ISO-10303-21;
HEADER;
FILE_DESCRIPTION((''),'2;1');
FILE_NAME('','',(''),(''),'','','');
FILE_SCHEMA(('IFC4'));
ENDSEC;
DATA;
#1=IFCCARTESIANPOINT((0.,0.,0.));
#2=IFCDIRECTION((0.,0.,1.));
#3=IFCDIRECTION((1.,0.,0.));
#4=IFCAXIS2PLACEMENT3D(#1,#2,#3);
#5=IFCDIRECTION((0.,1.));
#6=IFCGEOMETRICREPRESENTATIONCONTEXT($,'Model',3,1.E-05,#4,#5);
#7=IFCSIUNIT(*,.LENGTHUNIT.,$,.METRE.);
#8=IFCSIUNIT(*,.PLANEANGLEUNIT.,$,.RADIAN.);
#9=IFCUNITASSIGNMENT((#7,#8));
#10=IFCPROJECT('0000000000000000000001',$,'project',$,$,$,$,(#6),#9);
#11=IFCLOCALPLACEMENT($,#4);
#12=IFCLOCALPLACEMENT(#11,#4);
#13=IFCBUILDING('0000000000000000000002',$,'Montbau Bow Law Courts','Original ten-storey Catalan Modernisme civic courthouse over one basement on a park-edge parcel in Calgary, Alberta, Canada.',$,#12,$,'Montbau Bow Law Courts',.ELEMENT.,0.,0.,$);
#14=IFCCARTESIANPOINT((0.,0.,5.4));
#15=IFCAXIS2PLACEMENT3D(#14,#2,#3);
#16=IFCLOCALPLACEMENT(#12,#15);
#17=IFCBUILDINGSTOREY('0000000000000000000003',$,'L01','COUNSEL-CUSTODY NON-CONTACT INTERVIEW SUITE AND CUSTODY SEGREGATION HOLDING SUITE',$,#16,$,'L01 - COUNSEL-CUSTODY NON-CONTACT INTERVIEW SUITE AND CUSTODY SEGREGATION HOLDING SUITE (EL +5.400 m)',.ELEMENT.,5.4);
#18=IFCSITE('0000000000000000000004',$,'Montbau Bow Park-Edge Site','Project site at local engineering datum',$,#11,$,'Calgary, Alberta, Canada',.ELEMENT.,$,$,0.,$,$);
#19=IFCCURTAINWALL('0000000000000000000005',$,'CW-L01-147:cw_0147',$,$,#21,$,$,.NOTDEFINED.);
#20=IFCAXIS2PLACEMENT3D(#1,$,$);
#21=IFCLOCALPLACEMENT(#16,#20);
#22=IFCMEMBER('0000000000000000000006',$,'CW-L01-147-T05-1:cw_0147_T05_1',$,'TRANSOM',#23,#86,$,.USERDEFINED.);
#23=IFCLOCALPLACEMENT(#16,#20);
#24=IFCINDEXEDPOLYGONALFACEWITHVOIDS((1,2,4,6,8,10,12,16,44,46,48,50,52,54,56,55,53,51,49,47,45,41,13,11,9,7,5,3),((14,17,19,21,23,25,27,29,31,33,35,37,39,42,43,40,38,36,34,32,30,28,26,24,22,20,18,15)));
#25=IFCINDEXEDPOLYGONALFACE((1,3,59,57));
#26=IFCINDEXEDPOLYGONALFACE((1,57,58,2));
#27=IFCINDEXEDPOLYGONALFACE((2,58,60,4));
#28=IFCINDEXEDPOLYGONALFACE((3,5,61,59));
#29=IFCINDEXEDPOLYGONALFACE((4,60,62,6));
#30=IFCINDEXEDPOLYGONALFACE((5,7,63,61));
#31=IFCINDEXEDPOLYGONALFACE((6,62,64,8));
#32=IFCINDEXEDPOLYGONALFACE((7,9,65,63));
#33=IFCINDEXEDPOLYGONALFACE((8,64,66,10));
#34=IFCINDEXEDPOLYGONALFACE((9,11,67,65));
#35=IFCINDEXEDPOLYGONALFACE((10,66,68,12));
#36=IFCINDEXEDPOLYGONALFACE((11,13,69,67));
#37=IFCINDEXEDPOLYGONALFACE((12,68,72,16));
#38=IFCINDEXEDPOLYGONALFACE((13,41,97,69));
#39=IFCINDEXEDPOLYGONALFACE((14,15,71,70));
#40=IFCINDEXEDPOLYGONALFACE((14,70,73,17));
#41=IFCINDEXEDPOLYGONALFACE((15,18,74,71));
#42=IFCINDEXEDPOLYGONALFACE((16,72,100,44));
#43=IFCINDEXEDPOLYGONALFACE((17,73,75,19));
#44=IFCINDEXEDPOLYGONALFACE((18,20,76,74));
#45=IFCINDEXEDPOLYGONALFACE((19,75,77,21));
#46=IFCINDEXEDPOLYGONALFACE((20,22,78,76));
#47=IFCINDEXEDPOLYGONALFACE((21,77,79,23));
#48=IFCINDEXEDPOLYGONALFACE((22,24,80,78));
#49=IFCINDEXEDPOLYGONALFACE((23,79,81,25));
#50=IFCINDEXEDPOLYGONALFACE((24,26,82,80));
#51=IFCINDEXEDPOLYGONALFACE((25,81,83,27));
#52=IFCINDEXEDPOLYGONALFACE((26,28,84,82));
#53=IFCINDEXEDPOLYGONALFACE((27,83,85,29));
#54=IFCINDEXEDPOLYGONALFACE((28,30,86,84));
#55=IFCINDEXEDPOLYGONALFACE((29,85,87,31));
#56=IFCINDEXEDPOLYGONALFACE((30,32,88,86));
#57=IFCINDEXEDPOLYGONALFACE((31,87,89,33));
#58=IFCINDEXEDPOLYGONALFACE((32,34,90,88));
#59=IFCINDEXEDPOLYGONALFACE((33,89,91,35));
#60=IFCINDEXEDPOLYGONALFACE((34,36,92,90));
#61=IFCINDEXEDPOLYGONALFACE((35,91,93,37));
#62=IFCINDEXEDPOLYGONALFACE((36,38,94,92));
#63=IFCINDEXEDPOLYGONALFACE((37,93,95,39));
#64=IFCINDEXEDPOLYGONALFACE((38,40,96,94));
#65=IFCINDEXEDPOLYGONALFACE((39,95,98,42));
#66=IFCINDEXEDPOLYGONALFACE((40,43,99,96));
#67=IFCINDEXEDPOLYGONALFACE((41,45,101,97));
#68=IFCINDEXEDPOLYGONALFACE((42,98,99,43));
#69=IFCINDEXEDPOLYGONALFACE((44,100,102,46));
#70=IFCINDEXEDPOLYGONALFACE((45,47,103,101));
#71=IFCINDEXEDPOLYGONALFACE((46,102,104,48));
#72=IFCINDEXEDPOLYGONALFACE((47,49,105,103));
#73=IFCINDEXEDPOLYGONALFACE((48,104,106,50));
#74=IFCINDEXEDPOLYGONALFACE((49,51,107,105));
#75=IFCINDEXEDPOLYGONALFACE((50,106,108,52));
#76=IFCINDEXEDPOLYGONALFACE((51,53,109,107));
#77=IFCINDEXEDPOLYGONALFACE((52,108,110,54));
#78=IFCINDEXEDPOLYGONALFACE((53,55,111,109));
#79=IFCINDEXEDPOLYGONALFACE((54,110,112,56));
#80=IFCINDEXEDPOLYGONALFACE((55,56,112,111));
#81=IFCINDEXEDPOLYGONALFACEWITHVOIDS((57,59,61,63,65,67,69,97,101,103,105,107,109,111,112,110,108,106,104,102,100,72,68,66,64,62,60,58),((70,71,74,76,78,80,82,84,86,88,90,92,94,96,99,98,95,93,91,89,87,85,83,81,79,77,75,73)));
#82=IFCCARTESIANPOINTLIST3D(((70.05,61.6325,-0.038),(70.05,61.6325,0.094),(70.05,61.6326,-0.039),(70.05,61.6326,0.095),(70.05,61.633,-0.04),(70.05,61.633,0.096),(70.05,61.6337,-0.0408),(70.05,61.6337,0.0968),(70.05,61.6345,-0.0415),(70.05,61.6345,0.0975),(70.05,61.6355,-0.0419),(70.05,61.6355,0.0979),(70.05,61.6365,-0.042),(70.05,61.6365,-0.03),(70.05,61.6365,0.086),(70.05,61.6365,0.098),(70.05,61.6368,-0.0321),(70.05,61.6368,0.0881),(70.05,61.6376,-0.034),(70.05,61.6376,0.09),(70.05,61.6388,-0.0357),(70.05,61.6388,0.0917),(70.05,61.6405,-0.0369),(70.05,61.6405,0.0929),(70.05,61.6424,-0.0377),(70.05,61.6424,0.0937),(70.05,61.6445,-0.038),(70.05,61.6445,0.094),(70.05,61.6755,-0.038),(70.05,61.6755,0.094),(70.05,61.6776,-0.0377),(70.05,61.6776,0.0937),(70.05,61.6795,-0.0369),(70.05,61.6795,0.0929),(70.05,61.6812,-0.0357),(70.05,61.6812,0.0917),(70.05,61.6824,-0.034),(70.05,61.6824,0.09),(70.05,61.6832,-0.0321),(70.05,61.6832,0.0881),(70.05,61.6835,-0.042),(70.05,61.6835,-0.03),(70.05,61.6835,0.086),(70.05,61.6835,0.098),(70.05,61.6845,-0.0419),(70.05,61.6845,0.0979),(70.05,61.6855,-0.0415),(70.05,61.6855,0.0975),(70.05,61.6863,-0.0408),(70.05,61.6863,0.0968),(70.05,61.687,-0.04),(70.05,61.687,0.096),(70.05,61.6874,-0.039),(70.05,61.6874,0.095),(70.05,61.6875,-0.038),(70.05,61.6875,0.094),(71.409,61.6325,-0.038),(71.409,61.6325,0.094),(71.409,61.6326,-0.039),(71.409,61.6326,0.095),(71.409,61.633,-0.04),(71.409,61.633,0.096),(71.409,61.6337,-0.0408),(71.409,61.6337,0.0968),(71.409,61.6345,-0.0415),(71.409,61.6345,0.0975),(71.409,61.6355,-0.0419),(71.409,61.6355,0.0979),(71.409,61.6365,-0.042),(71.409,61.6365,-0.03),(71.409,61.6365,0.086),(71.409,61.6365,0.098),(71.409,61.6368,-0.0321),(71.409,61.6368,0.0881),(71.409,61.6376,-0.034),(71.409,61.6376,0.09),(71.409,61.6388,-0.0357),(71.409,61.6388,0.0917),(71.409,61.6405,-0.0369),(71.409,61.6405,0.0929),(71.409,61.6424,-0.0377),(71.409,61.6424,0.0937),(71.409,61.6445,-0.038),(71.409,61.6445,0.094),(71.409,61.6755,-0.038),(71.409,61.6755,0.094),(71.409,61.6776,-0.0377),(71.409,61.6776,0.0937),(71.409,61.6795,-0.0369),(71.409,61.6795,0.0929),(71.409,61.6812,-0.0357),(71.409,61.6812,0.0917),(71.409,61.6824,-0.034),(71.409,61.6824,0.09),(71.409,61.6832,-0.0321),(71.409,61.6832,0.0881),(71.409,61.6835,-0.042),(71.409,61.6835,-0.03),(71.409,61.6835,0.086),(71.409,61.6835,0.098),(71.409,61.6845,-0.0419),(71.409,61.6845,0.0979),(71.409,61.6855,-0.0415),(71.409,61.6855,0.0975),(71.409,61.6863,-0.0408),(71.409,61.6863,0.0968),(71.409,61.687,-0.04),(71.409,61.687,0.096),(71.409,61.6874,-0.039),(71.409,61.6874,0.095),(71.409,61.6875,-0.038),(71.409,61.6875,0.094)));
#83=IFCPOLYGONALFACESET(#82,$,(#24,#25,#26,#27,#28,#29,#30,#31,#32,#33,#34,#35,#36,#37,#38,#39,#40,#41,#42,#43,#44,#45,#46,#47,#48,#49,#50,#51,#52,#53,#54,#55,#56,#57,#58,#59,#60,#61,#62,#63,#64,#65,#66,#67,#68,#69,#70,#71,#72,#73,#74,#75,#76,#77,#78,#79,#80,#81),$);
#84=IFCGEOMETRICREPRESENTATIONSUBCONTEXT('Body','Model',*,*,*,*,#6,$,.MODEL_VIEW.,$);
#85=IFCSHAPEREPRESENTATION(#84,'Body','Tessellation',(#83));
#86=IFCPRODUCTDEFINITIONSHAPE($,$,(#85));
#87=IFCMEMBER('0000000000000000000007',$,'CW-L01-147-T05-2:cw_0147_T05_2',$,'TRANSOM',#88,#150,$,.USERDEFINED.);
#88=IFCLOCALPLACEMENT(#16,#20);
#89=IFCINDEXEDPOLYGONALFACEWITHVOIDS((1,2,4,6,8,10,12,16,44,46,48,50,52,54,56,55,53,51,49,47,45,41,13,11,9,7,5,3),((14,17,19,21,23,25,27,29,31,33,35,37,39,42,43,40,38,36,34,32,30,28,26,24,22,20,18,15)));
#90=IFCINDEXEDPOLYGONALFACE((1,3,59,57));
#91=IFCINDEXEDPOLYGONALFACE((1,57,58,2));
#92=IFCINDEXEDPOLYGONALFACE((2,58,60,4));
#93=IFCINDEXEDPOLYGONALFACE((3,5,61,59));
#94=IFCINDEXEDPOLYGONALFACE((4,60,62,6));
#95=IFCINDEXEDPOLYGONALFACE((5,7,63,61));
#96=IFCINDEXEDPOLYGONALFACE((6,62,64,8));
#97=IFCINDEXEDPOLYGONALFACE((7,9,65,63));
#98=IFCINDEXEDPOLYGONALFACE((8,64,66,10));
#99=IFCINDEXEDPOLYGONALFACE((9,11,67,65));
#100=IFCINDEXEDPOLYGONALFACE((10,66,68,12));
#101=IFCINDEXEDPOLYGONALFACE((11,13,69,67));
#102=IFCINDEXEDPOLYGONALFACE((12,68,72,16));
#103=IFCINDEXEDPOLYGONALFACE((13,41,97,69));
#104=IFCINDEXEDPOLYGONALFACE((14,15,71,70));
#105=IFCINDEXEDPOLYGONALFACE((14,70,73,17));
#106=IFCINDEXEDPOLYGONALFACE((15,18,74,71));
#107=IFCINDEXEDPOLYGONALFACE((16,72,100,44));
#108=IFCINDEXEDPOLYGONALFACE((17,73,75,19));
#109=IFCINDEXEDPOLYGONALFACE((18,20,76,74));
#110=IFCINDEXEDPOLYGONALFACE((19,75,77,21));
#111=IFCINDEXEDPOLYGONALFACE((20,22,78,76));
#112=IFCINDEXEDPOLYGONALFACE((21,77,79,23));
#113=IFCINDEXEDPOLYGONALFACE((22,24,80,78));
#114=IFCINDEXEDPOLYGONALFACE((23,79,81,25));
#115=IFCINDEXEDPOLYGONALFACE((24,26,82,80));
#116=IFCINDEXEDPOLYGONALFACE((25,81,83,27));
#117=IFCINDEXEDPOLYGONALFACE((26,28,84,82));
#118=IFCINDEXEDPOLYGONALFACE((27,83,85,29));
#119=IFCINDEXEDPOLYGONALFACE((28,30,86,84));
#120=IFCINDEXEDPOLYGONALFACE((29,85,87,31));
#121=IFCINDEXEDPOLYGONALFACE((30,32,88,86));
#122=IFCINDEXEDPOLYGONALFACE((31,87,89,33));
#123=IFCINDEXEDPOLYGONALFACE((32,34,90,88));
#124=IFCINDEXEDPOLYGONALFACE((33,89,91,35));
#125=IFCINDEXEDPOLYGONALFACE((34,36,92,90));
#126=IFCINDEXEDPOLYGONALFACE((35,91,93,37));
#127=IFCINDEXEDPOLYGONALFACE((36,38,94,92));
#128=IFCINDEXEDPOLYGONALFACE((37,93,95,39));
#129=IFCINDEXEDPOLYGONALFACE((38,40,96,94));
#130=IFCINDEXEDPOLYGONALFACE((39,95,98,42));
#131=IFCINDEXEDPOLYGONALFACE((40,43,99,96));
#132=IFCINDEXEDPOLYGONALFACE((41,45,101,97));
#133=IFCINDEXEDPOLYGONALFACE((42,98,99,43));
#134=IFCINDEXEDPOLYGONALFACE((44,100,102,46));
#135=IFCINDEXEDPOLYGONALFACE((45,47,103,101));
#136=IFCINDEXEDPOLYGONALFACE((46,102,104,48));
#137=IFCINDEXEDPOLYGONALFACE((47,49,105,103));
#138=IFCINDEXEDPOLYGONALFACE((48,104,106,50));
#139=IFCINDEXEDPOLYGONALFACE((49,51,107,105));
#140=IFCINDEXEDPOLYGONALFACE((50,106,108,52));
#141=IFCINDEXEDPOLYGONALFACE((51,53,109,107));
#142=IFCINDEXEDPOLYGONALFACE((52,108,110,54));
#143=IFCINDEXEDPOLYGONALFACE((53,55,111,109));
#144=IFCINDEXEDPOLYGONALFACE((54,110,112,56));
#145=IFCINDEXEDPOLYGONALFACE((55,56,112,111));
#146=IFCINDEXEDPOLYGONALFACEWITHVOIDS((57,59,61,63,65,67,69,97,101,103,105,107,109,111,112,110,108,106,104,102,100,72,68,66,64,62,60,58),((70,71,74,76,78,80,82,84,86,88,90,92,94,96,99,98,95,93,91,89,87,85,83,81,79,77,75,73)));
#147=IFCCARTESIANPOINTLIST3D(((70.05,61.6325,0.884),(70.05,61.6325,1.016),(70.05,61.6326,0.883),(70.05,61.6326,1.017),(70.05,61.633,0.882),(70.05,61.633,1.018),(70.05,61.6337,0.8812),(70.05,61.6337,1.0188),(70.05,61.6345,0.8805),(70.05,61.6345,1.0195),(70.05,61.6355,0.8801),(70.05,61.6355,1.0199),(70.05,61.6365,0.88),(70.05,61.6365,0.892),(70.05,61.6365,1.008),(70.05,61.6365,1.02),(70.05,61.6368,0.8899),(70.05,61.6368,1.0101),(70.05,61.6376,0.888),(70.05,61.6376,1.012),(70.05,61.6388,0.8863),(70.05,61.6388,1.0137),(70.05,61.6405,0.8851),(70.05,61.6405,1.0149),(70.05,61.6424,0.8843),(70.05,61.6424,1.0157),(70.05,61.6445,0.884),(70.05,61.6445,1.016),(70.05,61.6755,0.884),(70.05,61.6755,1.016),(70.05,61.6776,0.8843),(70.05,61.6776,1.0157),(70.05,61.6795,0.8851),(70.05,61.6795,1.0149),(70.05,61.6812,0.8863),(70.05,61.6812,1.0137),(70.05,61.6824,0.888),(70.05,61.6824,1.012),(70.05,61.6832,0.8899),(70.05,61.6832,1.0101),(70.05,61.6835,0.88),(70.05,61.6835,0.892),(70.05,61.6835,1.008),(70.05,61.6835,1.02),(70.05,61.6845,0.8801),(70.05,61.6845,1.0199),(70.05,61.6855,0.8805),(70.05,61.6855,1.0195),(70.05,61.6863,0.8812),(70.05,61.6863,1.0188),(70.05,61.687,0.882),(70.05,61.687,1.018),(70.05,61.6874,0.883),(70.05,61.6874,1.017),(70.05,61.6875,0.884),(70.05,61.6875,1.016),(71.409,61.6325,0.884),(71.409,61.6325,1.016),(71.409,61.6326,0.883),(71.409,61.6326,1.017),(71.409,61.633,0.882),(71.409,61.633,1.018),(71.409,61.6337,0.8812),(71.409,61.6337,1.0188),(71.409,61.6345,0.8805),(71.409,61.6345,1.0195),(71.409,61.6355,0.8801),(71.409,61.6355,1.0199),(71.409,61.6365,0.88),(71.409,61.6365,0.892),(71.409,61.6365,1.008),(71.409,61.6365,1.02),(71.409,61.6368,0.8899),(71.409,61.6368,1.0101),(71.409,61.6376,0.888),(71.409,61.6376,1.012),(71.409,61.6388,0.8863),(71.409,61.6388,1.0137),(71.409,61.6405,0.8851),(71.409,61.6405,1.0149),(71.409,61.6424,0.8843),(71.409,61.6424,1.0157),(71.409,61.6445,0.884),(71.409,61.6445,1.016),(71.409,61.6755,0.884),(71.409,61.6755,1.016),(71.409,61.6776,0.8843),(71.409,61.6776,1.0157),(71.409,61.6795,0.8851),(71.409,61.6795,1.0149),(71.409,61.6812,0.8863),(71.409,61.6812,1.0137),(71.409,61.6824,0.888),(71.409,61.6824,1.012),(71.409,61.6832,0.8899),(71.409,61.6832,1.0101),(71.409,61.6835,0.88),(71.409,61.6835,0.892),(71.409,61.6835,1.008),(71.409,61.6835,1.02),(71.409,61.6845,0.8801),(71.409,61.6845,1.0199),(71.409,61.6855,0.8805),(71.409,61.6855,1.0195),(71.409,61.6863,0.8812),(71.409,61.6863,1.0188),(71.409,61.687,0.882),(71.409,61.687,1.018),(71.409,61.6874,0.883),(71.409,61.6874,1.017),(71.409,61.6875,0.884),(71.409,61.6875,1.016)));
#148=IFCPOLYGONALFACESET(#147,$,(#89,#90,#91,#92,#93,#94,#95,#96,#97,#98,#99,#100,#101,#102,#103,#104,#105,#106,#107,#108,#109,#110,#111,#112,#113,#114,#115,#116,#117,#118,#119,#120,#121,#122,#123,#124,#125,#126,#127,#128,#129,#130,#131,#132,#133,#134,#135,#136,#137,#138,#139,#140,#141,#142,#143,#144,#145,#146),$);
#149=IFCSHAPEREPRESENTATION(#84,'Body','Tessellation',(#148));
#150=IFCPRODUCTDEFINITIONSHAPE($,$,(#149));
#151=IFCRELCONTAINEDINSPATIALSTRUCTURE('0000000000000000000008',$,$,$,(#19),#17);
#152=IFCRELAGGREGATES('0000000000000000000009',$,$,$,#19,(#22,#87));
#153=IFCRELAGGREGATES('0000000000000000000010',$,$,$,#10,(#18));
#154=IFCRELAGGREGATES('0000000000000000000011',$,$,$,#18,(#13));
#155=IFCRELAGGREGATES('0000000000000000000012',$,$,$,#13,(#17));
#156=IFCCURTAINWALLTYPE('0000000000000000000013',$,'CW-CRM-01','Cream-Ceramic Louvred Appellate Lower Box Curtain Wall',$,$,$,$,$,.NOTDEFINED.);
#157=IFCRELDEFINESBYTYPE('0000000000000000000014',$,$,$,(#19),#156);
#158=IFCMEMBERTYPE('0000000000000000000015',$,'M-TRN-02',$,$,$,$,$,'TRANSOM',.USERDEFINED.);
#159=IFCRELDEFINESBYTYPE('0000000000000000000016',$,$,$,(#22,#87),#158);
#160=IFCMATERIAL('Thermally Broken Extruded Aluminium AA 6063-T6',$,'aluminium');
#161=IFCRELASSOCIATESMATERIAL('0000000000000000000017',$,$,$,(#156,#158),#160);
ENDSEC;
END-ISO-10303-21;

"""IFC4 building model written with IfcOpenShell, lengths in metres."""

from ifc_helpers import new_model, si_unit, direction, frame, origin_with_axes, origin_2d_with_axis, place, context, subcontext, project, spatial, hollow_rectangle, extrude, material, material_profile, profile_set, type_object, element, aggregate, save


model = new_model("IFC4")

# Units and contexts
model_context = context("Model", 3, precision=1e-05, world=origin_with_axes(), true_north=direction((0.0, 1.0)))
body_context = subcontext(model_context, "Body", "Model", "MODEL_VIEW")
ifc_project = project(units=[si_unit("LENGTHUNIT", "METRE"), si_unit("PLANEANGLEUNIT", "RADIAN")], contexts=[model_context])

# Site, building, storey
site_placement = place(None, origin_with_axes())
site = spatial("IfcSite", under=ifc_project, at=site_placement, Name="Montbau Bow Park-Edge Site", Description="Project site at local engineering datum", LongName="Calgary, Alberta, Canada", CompositionType="ELEMENT", RefElevation=0.0)
building_placement = place(site_placement, origin_with_axes())
building = spatial("IfcBuilding", under=site, at=building_placement, Name="Montbau Bow Law Courts", Description="Original ten-storey Catalan Modernisme civic courthouse over one basement on a park-edge parcel in Calgary, Alberta, Canada.", LongName="Montbau Bow Law Courts", CompositionType="ELEMENT", ElevationOfRefHeight=0.0, ElevationOfTerrain=0.0)
storey_placement = place(building_placement, frame((0.0, 0.0, 5.4), z_axis=(0.0, 0.0, 1.0), x_axis=(1.0, 0.0, 0.0)))
storey = spatial("IfcBuildingStorey", under=building, at=storey_placement, Name="L01", Description="COUNSEL-CUSTODY NON-CONTACT INTERVIEW SUITE AND CUSTODY SEGREGATION HOLDING SUITE", LongName="L01 - COUNSEL-CUSTODY NON-CONTACT INTERVIEW SUITE AND CUSTODY SEGREGATION HOLDING SUITE (EL +5.400 m)", CompositionType="ELEMENT", Elevation=5.4)

# Curtain wall
ifc_material_1 = material(Name="Thermally Broken Extruded Aluminium AA 6063-T6", Category="aluminium")
curtain_wall_type = type_object("IfcCurtainWallType", Name="CW-CRM-01", Description="Cream-Ceramic Louvred Appellate Lower Box Curtain Wall", PredefinedType="NOTDEFINED", material=ifc_material_1)
curtain_wall_1_placement = place(None, frame((64.115, 61.66, 5.4), z_axis=(0.0, 0.0, 1.0), x_axis=(1.0, 0.0, 0.0)))
curtain_wall_1 = element("IfcCurtainWall", 1, at=curtain_wall_1_placement, inside=storey, type_object=curtain_wall_type, Name="CW-L01-147:cw_0147", PredefinedType="NOTDEFINED")

# Members
ifc_material_profile_1 = material_profile(ifc_material_1, hollow_rectangle(XDim=0.055, YDim=0.14, WallThickness=0.004, InnerFilletRadius=0.008, OuterFilletRadius=0.004, at=origin_2d_with_axis()), Name="CWT-140X55", Category="Main", Priority=0)
ifc_profile_set_1 = profile_set([ifc_material_profile_1], Name="Thermally Broken Extruded Aluminium AA 6063-T6")
member_type_1 = type_object("IfcMemberType", Name="M-TRN-02", ElementType="TRANSOM", PredefinedType="USERDEFINED", material=ifc_profile_set_1)
member_1_placement = place(None, frame((70.05, 61.66, 5.428), z_axis=(1.0, 0.0, 0.0), x_axis=(0.0, 1.0, 0.0)))
member_1 = element("IfcMember", 2, at=member_1_placement, type_object=member_type_1, Name="CW-L01-147-T05-1:cw_0147_T05_1", ObjectType="TRANSOM", PredefinedType="USERDEFINED", context=body_context, shape_type="SweptSolid", body=[
    extrude(hollow_rectangle(XDim=0.055, YDim=0.14, WallThickness=0.004, InnerFilletRadius=0.008, OuterFilletRadius=0.004, at=origin_2d_with_axis()), origin_with_axes(), (0.0, 0.0, 1.0), 1.359),
])
member_2_placement = place(None, frame((70.05, 61.66, 6.35), z_axis=(1.0, 0.0, 0.0), x_axis=(0.0, 1.0, 0.0)))
member_2 = element("IfcMember", 3, at=member_2_placement, type_object=member_type_1, Name="CW-L01-147-T05-2:cw_0147_T05_2", ObjectType="TRANSOM", PredefinedType="USERDEFINED", context=body_context, shape_type="SweptSolid", body=[
    extrude(hollow_rectangle(XDim=0.055, YDim=0.14, WallThickness=0.004, InnerFilletRadius=0.008, OuterFilletRadius=0.004, at=origin_2d_with_axis()), origin_with_axes(), (0.0, 0.0, 1.0), 1.359),
])

aggregate(curtain_wall_1, [member_1, member_2])

save(model, "model.ifc")
